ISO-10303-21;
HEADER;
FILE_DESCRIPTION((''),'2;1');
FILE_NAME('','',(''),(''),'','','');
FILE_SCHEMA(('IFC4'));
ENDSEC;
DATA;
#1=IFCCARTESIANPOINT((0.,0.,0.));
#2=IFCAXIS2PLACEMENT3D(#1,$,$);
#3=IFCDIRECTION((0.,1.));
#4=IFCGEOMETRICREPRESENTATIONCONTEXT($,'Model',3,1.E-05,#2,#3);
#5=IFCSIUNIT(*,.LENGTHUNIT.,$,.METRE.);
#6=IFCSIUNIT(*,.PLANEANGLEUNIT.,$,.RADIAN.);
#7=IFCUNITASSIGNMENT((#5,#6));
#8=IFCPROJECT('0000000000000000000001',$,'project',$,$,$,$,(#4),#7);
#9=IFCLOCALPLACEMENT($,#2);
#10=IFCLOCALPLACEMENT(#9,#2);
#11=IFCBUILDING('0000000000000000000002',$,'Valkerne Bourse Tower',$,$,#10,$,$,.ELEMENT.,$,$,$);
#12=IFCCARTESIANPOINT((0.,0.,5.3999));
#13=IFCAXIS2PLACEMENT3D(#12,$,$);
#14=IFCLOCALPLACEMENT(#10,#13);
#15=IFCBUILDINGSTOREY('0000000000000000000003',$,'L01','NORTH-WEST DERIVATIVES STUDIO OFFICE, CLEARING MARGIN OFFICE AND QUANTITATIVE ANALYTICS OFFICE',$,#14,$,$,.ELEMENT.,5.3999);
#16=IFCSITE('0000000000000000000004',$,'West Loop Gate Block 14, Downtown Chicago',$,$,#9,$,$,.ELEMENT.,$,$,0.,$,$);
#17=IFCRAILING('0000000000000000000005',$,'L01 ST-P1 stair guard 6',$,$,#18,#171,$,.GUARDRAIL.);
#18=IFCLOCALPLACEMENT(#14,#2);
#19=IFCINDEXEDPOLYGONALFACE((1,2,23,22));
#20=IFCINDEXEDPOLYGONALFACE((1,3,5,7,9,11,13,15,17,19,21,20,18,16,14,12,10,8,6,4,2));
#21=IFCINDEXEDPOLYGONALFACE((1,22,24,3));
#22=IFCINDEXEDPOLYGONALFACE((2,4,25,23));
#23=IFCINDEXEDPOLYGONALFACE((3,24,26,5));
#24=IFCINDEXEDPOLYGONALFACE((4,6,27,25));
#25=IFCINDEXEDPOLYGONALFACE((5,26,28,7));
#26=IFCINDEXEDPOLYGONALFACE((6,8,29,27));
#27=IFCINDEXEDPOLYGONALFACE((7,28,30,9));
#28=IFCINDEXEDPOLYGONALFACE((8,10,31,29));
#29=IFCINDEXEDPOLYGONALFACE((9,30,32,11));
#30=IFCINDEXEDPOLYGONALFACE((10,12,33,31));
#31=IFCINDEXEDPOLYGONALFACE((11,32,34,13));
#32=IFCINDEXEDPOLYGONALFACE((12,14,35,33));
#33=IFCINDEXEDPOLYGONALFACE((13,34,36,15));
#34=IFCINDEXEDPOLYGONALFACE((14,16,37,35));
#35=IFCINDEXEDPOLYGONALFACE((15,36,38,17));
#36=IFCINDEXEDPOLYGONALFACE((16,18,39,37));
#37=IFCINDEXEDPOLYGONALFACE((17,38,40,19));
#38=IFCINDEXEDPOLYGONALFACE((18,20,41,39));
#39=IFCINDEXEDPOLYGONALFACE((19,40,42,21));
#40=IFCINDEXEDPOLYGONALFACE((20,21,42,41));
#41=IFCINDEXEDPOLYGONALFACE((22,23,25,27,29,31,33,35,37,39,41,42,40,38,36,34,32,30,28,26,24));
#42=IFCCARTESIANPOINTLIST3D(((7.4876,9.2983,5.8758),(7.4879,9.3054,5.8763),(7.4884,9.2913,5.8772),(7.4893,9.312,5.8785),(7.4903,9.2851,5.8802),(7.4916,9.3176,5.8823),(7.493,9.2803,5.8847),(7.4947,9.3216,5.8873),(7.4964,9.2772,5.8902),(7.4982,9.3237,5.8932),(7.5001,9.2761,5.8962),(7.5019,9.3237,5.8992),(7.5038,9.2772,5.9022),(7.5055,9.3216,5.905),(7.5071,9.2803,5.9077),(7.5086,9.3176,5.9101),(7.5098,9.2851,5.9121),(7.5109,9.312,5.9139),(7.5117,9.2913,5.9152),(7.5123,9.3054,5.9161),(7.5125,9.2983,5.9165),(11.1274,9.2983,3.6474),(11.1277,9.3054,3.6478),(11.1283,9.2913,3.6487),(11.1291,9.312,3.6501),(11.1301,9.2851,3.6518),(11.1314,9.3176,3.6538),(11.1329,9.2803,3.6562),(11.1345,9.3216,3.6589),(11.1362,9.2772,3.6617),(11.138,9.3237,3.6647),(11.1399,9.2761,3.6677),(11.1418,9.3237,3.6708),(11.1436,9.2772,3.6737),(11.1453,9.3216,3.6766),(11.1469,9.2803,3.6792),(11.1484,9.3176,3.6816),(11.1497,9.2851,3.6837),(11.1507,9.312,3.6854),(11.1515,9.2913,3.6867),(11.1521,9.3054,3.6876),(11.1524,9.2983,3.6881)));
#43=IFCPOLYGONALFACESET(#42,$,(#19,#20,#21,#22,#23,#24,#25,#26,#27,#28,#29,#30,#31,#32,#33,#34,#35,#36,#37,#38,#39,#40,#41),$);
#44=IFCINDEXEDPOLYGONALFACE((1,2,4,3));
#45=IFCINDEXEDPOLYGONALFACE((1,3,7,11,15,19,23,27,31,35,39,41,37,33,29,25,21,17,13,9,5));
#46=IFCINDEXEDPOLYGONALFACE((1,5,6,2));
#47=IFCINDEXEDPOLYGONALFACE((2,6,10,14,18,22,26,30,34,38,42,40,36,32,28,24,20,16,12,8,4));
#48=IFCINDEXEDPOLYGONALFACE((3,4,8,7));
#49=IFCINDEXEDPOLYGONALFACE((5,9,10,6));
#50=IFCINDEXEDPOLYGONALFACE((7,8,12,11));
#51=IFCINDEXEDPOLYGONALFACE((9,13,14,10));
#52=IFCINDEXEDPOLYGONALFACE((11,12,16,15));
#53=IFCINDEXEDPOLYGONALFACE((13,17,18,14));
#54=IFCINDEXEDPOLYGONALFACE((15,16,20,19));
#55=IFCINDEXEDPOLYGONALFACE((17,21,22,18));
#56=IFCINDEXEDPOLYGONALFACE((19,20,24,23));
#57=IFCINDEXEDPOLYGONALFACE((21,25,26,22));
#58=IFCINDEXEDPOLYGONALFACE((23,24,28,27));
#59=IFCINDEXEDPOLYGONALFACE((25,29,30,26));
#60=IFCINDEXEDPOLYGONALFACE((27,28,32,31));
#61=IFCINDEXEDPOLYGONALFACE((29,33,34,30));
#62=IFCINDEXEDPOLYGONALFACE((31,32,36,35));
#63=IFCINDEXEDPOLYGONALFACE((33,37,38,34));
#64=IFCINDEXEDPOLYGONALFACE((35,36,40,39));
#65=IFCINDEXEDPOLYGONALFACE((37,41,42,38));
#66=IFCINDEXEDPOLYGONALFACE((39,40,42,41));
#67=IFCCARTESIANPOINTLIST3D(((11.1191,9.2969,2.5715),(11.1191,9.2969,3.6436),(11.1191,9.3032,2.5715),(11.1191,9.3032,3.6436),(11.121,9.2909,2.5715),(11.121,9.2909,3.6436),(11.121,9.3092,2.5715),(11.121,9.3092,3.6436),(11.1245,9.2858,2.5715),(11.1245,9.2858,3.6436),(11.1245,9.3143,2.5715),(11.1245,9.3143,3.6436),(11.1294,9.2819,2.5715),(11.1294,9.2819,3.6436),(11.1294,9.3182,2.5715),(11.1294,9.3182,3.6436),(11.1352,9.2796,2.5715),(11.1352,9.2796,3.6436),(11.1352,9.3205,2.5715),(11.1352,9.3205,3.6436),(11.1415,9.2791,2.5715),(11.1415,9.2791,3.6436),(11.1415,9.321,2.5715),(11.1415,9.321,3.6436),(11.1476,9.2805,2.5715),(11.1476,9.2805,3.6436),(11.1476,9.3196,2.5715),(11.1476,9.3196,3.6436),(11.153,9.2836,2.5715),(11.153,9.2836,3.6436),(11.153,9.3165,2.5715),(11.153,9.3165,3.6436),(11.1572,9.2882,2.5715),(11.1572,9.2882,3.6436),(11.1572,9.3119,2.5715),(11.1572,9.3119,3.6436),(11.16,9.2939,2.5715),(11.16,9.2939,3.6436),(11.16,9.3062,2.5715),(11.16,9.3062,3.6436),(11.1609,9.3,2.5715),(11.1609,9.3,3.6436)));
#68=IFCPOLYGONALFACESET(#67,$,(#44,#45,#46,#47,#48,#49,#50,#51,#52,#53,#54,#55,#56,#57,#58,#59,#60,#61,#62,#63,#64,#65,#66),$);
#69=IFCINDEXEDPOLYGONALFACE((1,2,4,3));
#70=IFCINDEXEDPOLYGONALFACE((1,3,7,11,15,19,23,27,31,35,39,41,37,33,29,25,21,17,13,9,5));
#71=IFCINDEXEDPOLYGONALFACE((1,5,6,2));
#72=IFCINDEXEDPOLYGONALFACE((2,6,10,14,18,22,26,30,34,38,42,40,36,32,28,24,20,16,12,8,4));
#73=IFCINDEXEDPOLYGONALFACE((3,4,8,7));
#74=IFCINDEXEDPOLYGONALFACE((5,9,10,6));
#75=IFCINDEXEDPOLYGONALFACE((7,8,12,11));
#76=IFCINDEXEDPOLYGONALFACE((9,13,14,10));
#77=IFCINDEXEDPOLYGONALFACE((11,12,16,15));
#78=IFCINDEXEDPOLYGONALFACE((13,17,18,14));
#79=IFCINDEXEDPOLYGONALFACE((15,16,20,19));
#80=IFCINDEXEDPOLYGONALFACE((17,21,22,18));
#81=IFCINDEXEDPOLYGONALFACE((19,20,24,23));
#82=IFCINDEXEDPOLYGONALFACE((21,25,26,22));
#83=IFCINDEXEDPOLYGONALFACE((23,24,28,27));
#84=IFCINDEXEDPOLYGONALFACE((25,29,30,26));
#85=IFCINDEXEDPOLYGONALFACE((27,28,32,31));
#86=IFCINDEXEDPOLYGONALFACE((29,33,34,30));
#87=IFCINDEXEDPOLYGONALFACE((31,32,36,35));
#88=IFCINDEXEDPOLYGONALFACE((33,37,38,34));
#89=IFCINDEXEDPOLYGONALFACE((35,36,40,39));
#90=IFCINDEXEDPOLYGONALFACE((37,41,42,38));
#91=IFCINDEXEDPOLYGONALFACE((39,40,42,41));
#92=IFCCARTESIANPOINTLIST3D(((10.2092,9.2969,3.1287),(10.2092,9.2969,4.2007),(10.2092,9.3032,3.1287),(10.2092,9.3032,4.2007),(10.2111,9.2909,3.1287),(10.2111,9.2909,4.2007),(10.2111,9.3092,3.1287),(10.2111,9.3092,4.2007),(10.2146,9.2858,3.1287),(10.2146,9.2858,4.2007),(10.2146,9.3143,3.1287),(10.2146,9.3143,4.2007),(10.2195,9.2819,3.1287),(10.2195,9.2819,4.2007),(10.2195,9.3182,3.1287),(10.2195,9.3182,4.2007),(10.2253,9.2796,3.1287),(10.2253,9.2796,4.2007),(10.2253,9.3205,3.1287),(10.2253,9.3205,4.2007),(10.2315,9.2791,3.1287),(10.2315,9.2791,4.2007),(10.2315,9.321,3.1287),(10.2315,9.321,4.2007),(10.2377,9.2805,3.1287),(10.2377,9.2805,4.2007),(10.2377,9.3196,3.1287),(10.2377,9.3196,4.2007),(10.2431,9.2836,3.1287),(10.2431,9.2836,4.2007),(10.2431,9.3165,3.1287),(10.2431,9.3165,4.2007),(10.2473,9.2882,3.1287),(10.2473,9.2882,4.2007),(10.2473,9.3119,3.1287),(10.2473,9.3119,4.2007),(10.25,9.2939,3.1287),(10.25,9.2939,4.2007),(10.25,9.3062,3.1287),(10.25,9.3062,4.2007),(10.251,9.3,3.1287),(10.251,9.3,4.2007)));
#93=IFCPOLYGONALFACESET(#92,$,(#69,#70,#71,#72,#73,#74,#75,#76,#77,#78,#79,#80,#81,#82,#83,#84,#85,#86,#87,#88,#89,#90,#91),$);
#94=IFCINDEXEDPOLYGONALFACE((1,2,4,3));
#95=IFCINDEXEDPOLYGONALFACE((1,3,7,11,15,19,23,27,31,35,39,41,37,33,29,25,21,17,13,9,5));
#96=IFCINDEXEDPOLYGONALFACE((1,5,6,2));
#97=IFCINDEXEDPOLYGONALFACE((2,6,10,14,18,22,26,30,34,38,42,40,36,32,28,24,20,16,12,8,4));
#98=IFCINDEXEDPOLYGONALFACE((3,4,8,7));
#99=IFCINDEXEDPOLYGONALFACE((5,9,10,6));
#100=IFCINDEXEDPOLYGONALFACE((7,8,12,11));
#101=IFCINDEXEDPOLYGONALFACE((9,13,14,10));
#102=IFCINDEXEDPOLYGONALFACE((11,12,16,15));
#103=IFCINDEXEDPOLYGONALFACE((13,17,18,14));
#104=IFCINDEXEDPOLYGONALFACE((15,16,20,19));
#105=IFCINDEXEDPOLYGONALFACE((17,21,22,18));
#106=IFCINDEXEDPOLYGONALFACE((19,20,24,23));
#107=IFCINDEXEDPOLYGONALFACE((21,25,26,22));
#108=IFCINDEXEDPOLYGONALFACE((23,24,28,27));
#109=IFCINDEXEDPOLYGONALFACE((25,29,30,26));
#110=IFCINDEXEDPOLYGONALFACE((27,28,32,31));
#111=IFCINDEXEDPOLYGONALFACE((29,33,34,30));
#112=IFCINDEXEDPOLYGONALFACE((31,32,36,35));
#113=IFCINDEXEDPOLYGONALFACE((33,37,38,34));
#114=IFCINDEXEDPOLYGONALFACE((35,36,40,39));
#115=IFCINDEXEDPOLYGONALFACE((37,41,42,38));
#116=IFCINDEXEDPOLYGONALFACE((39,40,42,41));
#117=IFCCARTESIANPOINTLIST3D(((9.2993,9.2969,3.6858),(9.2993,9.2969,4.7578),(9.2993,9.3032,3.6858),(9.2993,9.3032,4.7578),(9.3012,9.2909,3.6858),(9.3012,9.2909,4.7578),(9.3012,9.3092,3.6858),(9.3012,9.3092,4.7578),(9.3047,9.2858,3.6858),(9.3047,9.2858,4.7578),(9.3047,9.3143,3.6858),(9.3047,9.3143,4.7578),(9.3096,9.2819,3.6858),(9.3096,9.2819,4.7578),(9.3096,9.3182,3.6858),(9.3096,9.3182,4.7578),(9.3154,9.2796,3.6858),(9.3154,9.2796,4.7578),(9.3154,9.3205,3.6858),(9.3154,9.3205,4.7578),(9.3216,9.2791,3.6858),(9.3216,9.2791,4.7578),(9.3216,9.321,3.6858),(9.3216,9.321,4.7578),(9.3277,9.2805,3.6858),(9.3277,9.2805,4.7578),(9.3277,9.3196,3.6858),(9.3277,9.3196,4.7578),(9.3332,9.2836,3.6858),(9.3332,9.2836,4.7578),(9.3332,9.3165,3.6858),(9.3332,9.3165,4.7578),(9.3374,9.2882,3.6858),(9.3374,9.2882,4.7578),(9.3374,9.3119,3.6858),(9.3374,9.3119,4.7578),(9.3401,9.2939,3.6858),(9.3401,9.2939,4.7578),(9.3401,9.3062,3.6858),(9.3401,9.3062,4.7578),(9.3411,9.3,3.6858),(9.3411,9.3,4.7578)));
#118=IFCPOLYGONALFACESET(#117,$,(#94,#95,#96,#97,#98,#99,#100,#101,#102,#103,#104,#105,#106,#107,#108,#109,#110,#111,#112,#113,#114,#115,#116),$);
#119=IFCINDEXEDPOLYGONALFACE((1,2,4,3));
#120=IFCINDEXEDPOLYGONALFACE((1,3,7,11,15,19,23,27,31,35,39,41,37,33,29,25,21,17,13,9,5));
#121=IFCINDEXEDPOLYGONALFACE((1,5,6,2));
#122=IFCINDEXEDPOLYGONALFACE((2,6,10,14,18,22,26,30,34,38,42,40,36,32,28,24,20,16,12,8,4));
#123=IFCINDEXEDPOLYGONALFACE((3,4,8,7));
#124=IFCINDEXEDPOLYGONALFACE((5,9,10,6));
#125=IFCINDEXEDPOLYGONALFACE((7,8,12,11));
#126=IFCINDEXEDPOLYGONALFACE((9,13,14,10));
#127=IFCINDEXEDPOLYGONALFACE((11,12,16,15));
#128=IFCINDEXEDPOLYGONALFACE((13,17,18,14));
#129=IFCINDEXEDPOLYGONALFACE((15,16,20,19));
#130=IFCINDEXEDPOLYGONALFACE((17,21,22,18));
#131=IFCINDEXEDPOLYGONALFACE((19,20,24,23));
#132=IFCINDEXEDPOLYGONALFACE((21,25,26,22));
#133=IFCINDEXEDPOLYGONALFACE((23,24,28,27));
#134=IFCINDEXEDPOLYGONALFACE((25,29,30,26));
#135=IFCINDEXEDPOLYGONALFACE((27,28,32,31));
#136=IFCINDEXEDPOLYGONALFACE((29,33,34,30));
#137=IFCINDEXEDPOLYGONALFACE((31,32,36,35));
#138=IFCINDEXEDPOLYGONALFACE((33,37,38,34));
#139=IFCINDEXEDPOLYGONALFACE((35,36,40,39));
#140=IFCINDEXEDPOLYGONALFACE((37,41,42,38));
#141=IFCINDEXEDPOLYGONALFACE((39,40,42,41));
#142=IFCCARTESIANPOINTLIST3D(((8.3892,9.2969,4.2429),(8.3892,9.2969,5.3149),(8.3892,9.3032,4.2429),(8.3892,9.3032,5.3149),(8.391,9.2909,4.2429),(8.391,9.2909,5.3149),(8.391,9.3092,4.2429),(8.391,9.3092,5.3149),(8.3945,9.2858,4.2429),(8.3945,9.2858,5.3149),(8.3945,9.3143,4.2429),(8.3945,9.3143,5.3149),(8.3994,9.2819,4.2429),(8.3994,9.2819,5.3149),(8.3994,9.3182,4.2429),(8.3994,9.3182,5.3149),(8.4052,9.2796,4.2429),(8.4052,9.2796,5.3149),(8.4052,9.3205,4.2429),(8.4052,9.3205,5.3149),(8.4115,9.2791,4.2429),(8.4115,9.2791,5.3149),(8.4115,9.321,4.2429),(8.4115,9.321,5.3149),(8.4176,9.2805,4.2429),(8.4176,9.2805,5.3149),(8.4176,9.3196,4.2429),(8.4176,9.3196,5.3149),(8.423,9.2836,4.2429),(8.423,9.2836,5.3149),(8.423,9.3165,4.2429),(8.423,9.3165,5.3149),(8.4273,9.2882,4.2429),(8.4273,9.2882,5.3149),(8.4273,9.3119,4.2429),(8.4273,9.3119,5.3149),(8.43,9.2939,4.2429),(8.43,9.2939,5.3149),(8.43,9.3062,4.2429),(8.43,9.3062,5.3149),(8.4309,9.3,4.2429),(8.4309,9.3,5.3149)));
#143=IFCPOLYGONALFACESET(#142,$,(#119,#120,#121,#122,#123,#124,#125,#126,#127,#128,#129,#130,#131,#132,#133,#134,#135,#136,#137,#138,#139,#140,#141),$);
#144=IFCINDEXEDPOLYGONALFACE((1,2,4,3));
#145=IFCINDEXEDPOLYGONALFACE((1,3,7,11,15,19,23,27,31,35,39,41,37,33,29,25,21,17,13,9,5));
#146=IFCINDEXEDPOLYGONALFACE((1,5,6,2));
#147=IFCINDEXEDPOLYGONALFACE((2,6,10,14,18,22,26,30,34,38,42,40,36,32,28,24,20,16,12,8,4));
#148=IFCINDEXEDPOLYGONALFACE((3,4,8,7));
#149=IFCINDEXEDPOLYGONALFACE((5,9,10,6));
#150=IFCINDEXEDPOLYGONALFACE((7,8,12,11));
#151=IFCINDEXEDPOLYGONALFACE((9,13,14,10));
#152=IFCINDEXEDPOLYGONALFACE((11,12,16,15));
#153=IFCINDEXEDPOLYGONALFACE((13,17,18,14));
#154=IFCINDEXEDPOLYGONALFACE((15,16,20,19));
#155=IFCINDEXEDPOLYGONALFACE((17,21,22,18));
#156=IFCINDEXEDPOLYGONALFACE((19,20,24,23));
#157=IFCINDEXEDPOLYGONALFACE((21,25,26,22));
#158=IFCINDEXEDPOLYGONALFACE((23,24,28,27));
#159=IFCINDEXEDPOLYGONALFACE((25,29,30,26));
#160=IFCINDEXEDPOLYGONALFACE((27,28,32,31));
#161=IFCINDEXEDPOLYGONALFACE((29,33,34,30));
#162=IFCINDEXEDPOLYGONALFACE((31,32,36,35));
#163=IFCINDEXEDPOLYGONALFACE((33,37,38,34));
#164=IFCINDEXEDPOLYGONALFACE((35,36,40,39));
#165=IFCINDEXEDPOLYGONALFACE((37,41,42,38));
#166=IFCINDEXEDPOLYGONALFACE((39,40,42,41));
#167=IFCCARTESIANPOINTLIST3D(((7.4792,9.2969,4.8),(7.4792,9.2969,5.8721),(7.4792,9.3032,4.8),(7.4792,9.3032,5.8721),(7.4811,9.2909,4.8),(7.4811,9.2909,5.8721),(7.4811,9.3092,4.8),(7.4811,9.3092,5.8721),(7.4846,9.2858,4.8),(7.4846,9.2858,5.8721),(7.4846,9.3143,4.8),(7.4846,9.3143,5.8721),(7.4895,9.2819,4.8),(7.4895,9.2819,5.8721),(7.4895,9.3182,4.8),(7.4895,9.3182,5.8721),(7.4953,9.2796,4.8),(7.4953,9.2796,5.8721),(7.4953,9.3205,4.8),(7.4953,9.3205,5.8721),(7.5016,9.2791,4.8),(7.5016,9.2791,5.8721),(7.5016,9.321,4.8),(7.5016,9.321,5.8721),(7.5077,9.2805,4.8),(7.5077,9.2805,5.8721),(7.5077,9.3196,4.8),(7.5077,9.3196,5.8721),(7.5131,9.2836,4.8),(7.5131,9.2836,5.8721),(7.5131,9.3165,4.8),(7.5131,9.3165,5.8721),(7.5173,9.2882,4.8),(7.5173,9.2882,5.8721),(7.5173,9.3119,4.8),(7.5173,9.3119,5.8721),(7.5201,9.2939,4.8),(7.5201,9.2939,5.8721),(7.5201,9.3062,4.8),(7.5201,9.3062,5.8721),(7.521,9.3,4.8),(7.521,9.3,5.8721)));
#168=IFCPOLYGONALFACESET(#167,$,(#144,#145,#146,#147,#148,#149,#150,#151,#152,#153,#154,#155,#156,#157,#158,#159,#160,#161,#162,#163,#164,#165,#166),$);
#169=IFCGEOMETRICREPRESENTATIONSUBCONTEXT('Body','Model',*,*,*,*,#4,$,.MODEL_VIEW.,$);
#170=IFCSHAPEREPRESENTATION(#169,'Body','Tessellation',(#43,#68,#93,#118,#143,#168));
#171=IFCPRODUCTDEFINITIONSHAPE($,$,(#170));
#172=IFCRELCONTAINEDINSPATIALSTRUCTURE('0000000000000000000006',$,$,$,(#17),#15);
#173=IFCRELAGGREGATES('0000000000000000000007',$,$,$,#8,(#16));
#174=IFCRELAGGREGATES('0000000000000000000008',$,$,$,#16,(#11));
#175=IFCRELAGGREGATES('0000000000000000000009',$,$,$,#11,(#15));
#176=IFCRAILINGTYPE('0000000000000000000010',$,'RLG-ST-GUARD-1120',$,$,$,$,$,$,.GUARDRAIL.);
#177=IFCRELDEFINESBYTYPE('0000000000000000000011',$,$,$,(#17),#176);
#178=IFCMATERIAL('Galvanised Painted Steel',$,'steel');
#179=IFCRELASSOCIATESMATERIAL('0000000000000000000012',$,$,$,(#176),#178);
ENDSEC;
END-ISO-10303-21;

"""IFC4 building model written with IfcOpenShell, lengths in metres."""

from ifc_helpers import new_model, si_unit, direction, frame, origin, origin_2d, place, context, subcontext, project, spatial, circle, extrude, material, type_object, element, save


model = new_model("IFC4")

# Units and contexts
model_context = context("Model", 3, precision=1e-05, world=origin(), true_north=direction((0.0, 1.0)))
body_context = subcontext(model_context, "Body", "Model", "MODEL_VIEW")
ifc_project = project(units=[si_unit("LENGTHUNIT", "METRE"), si_unit("PLANEANGLEUNIT", "RADIAN")], contexts=[model_context])

# Site, building, storey
site_placement = place(None, origin())
site = spatial("IfcSite", under=ifc_project, at=site_placement, Name="West Loop Gate Block 14, Downtown Chicago", CompositionType="ELEMENT", RefElevation=0.0)
building_placement = place(site_placement, origin())
building = spatial("IfcBuilding", under=site, at=building_placement, Name="Valkerne Bourse Tower", CompositionType="ELEMENT")
storey_placement = place(building_placement, frame((0.0, 0.0, 5.3999)))
storey = spatial("IfcBuildingStorey", under=building, at=storey_placement, Name="L01", Description="NORTH-WEST DERIVATIVES STUDIO OFFICE, CLEARING MARGIN OFFICE AND QUANTITATIVE ANALYTICS OFFICE", CompositionType="ELEMENT", Elevation=5.3999)

# Railing
ifc_material_1 = material(Name="Galvanised Painted Steel", Category="steel")
railing_type_1 = type_object("IfcRailingType", Name="RLG-ST-GUARD-1120", PredefinedType="GUARDRAIL", material=ifc_material_1)
railing_1_placement = place(storey_placement, frame((11.1399, 9.3, 2.5715)))
element("IfcRailing", 1, at=railing_1_placement, inside=storey, type_object=railing_type_1, Name="L01 ST-P1 stair guard 6", PredefinedType="GUARDRAIL", context=body_context, shape_type="SweptSolid", body=[
    extrude(circle(Radius=0.0239, at=origin_2d()), frame((0.0, 0.0, 1.0962), z_axis=(-0.85285, 0.0, 0.522156), x_axis=(0.0, -1.0, 0.0)), (0.0, 0.0, 1.0), 4.2678),
    extrude(circle(Radius=0.021, at=origin_2d()), origin(), (0.0, 0.0, 1.0), 1.072),
    extrude(circle(Radius=0.021, at=origin_2d()), frame((-0.9099, 0.0, 0.5571)), (0.0, 0.0, 1.0), 1.072),
    extrude(circle(Radius=0.021, at=origin_2d()), frame((-1.8198, 0.0, 1.1143)), (0.0, 0.0, 1.0), 1.072),
    extrude(circle(Radius=0.021, at=origin_2d()), frame((-2.73, 0.0, 1.6714)), (0.0, 0.0, 1.0), 1.072),
    extrude(circle(Radius=0.021, at=origin_2d()), frame((-3.6399, 0.0, 2.2285)), (0.0, 0.0, 1.0), 1.072),
])

save(model, "model.ifc")
